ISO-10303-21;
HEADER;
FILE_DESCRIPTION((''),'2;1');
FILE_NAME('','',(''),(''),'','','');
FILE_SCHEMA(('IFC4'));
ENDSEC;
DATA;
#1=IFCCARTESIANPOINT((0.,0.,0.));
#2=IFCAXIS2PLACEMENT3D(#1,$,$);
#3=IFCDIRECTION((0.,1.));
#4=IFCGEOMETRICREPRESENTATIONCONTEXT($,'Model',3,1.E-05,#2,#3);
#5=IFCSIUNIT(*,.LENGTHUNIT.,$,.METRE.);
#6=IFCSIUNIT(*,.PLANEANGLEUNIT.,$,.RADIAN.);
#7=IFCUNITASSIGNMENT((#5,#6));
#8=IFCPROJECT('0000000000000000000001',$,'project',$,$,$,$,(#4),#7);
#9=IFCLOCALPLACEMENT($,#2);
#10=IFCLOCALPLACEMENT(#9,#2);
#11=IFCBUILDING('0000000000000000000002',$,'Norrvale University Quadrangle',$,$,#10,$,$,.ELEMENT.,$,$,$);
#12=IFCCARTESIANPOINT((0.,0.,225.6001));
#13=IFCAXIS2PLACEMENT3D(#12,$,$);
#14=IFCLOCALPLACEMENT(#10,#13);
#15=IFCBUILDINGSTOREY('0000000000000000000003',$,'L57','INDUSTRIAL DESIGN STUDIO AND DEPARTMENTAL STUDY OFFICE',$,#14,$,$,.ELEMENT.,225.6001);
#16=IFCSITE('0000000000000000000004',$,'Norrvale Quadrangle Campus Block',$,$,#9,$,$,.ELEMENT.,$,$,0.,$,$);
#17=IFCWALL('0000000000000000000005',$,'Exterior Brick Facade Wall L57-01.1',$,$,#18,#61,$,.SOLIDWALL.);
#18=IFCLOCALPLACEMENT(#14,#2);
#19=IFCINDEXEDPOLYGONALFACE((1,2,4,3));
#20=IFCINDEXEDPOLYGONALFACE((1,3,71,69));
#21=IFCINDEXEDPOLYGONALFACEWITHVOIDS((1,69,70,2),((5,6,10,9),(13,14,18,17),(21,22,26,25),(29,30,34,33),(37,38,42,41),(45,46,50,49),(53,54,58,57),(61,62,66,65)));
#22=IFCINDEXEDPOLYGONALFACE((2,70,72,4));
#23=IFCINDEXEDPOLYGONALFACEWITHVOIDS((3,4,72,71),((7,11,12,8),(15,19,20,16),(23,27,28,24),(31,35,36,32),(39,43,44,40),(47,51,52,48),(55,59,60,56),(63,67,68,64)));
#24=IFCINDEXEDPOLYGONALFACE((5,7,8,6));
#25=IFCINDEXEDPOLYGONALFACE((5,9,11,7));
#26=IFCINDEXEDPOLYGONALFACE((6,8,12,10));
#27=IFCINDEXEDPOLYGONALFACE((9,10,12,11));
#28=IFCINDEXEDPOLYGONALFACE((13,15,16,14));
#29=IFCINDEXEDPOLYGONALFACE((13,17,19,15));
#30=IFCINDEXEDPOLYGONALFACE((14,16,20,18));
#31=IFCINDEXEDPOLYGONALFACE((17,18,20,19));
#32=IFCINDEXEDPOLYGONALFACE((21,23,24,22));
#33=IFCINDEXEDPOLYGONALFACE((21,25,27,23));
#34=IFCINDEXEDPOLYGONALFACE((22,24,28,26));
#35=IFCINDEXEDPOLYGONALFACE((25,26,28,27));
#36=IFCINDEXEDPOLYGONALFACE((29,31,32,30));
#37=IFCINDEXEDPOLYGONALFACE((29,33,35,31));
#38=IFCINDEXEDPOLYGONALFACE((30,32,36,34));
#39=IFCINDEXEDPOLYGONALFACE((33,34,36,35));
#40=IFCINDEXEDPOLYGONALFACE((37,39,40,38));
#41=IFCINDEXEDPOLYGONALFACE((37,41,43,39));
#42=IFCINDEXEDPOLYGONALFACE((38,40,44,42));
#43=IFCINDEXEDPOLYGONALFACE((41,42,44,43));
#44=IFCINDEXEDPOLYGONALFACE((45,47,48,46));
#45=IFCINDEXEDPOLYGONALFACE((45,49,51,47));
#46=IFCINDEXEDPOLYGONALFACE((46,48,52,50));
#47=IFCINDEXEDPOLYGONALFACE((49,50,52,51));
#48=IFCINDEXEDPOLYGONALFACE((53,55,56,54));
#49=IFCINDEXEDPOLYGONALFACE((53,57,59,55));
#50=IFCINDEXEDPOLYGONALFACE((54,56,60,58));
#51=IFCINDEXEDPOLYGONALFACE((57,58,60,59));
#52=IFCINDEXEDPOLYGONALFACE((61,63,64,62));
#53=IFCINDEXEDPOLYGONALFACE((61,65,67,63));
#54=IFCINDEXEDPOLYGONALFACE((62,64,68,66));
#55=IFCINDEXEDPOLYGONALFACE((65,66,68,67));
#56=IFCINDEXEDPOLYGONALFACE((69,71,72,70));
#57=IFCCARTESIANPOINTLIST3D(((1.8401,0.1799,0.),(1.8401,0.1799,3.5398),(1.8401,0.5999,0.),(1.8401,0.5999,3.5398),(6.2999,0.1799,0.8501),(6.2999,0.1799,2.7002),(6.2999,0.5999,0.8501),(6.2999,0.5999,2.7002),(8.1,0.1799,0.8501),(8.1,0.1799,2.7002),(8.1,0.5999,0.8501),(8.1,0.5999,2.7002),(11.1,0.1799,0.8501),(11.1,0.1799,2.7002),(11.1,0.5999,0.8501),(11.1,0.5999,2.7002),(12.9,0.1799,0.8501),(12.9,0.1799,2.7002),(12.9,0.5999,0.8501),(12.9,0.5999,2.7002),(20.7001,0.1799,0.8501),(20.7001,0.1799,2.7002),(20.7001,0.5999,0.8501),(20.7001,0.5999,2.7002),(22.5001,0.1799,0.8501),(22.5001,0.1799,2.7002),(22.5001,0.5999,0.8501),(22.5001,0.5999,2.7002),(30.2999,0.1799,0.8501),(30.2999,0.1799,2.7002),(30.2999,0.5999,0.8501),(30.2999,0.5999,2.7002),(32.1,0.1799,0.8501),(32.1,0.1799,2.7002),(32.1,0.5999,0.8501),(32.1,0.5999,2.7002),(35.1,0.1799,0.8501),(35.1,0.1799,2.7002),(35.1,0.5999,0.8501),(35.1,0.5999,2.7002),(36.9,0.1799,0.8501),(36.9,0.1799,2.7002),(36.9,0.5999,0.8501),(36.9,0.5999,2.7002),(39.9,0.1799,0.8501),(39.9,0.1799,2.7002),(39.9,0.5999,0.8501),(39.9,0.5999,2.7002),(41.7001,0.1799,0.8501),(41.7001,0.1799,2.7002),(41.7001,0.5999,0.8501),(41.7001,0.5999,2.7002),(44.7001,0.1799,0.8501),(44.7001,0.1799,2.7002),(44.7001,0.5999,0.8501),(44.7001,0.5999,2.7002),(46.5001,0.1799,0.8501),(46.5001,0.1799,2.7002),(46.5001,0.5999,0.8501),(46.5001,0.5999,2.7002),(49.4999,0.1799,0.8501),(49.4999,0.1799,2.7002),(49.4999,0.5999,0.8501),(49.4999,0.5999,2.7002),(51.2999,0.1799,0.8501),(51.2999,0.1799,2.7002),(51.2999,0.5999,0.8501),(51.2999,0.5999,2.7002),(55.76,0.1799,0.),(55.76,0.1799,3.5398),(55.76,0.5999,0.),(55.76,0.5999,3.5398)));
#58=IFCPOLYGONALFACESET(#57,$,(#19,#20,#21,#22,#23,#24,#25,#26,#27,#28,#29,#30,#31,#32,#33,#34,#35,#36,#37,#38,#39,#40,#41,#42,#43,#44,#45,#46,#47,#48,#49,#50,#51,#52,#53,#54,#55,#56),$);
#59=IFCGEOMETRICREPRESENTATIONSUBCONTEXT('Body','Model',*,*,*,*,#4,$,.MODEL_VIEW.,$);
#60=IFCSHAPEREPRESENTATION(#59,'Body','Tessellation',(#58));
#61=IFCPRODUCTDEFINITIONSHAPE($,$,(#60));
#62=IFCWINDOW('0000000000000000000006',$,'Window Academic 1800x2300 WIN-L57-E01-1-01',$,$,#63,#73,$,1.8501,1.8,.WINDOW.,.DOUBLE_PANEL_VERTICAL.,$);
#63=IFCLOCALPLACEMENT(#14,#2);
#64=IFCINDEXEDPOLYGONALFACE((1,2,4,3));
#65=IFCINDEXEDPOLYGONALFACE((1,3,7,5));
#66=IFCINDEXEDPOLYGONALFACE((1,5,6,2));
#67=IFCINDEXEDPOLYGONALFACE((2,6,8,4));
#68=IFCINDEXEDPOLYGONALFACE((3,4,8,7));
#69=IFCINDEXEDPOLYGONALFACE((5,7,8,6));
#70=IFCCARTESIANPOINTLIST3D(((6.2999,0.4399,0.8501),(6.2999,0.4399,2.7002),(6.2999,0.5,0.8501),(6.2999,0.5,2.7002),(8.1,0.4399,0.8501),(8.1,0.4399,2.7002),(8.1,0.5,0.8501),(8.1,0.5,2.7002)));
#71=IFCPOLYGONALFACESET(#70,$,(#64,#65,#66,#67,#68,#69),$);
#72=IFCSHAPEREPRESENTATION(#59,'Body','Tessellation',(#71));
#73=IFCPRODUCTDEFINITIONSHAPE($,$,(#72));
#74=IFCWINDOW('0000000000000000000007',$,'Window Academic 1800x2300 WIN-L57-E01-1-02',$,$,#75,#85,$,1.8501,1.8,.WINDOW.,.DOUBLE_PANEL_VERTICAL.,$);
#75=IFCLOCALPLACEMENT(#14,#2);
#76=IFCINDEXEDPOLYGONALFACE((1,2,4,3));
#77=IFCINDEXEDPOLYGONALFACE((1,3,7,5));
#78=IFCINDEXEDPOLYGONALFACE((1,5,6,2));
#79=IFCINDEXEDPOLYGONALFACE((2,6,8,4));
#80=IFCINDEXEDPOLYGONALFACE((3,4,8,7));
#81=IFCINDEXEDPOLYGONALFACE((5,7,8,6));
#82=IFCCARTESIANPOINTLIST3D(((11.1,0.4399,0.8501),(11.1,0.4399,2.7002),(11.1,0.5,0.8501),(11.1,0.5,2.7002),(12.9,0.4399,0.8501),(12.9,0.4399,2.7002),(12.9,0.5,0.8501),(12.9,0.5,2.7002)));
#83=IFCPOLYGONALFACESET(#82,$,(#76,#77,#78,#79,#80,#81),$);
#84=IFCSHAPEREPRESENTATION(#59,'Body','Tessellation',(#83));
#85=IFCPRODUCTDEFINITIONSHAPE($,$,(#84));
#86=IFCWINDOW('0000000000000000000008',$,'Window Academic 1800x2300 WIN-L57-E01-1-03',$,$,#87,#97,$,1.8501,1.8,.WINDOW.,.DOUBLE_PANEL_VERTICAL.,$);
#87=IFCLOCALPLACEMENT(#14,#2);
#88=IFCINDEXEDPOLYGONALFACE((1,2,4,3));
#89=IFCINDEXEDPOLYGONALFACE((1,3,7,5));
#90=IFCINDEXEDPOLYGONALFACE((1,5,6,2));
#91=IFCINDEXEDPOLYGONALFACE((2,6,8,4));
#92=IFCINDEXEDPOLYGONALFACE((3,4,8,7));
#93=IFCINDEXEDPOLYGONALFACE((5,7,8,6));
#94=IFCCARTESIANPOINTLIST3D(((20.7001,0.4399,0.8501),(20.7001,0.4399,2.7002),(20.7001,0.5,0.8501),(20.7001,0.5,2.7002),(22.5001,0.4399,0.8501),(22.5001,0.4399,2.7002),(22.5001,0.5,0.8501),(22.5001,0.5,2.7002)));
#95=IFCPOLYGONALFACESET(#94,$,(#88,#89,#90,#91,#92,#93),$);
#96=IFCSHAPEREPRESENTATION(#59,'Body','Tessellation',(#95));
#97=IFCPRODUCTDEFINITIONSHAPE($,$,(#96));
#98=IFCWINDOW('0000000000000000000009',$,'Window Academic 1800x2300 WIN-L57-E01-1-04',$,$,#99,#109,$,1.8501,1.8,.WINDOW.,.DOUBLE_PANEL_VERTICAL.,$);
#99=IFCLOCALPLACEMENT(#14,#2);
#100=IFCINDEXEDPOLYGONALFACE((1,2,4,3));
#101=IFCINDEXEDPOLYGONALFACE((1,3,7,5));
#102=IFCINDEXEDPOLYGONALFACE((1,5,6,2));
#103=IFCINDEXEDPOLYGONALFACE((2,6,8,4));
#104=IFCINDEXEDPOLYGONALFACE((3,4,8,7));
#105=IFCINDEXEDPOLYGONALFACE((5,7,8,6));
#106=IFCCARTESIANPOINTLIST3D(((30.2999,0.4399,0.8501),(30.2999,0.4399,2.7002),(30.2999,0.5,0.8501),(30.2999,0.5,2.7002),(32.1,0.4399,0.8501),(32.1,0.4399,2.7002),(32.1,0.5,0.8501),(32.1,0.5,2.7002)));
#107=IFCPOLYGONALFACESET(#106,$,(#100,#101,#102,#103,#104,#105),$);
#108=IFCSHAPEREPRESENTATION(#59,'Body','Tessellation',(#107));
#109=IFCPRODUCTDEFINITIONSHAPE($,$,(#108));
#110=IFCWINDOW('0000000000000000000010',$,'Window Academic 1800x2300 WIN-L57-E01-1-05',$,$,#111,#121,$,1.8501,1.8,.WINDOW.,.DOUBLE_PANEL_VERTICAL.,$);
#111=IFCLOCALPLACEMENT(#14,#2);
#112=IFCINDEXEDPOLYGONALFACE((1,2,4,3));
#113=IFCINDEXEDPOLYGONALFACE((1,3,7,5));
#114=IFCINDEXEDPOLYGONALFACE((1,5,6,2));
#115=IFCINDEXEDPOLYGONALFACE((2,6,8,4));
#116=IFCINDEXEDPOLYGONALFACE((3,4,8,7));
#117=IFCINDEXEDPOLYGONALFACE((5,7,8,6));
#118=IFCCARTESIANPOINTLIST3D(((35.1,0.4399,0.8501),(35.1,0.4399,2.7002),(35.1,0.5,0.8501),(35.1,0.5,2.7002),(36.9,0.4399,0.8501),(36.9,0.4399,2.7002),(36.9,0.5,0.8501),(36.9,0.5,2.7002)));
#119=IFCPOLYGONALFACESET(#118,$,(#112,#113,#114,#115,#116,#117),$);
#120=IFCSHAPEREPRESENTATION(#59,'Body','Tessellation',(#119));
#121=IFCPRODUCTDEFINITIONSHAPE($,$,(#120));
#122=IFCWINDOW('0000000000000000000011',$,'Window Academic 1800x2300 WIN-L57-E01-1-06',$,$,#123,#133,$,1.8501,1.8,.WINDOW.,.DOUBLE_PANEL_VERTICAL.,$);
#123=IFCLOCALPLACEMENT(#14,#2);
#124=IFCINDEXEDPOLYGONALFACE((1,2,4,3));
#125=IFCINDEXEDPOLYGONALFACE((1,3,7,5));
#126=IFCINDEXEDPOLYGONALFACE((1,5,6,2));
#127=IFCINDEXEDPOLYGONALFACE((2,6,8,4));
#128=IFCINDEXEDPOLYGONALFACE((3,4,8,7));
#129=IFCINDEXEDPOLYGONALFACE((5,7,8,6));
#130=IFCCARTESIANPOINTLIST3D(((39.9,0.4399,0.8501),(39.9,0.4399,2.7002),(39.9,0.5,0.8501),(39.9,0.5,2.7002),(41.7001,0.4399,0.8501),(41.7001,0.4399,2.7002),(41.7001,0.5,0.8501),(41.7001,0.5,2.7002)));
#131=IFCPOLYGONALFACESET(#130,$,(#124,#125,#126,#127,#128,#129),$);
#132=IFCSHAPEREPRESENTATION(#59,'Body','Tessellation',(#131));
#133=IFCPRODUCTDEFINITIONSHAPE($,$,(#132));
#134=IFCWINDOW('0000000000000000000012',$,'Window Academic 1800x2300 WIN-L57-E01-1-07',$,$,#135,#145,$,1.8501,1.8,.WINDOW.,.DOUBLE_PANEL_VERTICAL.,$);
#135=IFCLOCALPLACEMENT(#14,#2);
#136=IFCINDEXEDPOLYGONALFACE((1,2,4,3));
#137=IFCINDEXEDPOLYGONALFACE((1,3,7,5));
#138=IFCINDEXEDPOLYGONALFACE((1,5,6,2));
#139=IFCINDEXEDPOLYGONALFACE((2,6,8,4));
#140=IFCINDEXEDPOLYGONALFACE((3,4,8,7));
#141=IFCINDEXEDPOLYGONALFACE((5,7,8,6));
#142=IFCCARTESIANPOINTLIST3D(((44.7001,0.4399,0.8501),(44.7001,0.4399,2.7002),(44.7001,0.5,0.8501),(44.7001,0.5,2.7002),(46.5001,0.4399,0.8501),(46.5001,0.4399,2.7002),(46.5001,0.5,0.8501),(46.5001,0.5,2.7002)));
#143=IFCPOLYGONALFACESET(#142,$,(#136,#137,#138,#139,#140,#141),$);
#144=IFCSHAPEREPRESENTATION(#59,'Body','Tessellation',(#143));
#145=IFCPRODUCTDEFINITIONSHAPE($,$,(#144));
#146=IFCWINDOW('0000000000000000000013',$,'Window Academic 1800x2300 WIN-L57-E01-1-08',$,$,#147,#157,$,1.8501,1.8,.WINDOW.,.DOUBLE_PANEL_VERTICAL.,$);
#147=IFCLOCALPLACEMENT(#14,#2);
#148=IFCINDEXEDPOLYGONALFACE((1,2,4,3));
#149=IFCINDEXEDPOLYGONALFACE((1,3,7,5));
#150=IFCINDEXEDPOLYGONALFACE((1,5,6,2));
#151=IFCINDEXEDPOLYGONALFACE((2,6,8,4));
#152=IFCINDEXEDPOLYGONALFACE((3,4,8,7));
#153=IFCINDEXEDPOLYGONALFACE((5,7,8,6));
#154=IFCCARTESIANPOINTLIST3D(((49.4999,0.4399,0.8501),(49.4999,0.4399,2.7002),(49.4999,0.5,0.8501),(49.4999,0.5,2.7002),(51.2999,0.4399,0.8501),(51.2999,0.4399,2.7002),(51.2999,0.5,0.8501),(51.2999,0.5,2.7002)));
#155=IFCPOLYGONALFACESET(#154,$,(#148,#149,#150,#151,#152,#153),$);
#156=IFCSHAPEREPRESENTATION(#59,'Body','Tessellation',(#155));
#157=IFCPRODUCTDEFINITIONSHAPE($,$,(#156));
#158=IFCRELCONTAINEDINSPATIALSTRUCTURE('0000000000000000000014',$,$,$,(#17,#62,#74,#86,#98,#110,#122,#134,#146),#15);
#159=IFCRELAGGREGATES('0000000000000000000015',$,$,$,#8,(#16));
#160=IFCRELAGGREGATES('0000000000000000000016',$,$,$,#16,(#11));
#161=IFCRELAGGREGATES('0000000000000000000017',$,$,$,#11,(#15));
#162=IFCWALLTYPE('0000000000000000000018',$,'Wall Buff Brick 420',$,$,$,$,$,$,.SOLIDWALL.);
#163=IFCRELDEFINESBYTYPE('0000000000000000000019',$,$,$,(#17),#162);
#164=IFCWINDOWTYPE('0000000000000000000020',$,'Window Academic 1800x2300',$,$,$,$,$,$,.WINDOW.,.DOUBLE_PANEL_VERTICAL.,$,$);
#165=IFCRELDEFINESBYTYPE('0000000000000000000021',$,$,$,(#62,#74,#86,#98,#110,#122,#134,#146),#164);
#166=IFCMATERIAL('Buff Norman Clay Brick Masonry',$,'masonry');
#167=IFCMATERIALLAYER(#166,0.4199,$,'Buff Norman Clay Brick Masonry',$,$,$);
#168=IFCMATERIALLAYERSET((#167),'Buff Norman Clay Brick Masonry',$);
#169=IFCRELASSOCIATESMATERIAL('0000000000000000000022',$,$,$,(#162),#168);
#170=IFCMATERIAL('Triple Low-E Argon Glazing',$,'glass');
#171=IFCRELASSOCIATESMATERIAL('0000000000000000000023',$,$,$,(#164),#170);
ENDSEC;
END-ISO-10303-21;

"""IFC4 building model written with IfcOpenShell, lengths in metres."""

from ifc_helpers import new_model, si_unit, direction, frame, frame_2d, origin, place, context, subcontext, project, spatial, rectangle, extrude, material, layer, layer_set, type_object, element, fill, save


model = new_model("IFC4")

# Units and contexts
model_context = context("Model", 3, precision=1e-05, world=origin(), true_north=direction((0.0, 1.0)))
body_context = subcontext(model_context, "Body", "Model", "MODEL_VIEW")
ifc_project = project(units=[si_unit("LENGTHUNIT", "METRE"), si_unit("PLANEANGLEUNIT", "RADIAN")], contexts=[model_context])

# Site, building, storey
site_placement = place(None, origin())
site = spatial("IfcSite", under=ifc_project, at=site_placement, Name="Norrvale Quadrangle Campus Block", CompositionType="ELEMENT", RefElevation=0.0)
building_placement = place(site_placement, origin())
building = spatial("IfcBuilding", under=site, at=building_placement, Name="Norrvale University Quadrangle", CompositionType="ELEMENT")
storey_placement = place(building_placement, frame((0.0, 0.0, 225.6001)))
storey = spatial("IfcBuildingStorey", under=building, at=storey_placement, Name="L57", Description="INDUSTRIAL DESIGN STUDIO AND DEPARTMENTAL STUDY OFFICE", CompositionType="ELEMENT", Elevation=225.6001)

# Wall, openings, windows
ifc_material_1 = material(Name="Buff Norman Clay Brick Masonry", Category="masonry")
ifc_layer_1 = layer(ifc_material_1, 0.4199, Name="Buff Norman Clay Brick Masonry")
ifc_layer_set_1 = layer_set([ifc_layer_1], Name="Buff Norman Clay Brick Masonry")
wall_type_1 = type_object("IfcWallType", Name="Wall Buff Brick 420", PredefinedType="SOLIDWALL", material=ifc_layer_set_1)
wall_1_placement = place(storey_placement, frame((1.8401, 0.3899, 0.0), z_axis=(0.0, 0.0, 1.0), x_axis=(1.0, 0.0, 0.0)))
wall_1 = element("IfcWall", 1, at=wall_1_placement, inside=storey, type_object=wall_type_1, Name="Exterior Brick Facade Wall L57-01.1", PredefinedType="SOLIDWALL", context=body_context, shape_type="SweptSolid", body=[
    extrude(rectangle(XDim=53.9199, YDim=0.4199, at=frame_2d((26.96, 0.0))), origin(), (0.0, 0.0, 1.0), 3.5398),
])
opening_1_placement = place(wall_1_placement, frame((4.46, 0.0, 0.8501)))
opening_1 = element("IfcOpeningElement", 2, at=opening_1_placement, cuts=wall_1, PredefinedType="OPENING", context=body_context, shape_type="SweptSolid", body=[
    extrude(rectangle(XDim=1.8, YDim=1.8501, at=frame_2d((0.8999, 0.925))), frame((0.0, 0.2219, 0.0), z_axis=(0.0, -1.0, 0.0), x_axis=(1.0, 0.0, 0.0)), (0.0, 0.0, 1.0), 0.4438),
])
opening_2_placement = place(wall_1_placement, frame((9.26, 0.0, 0.8501)))
opening_2 = element("IfcOpeningElement", 3, at=opening_2_placement, cuts=wall_1, PredefinedType="OPENING", context=body_context, shape_type="SweptSolid", body=[
    extrude(rectangle(XDim=1.8, YDim=1.8501, at=frame_2d((0.8999, 0.925))), frame((0.0, 0.2219, 0.0), z_axis=(0.0, -1.0, 0.0), x_axis=(1.0, 0.0, 0.0)), (0.0, 0.0, 1.0), 0.4438),
])
opening_3_placement = place(wall_1_placement, frame((18.8601, 0.0, 0.8501)))
opening_3 = element("IfcOpeningElement", 4, at=opening_3_placement, cuts=wall_1, PredefinedType="OPENING", context=body_context, shape_type="SweptSolid", body=[
    extrude(rectangle(XDim=1.8, YDim=1.8501, at=frame_2d((0.8999, 0.925))), frame((0.0, 0.2219, 0.0), z_axis=(0.0, -1.0, 0.0), x_axis=(1.0, 0.0, 0.0)), (0.0, 0.0, 1.0), 0.4438),
])
opening_4_placement = place(wall_1_placement, frame((28.46, 0.0, 0.8501)))
opening_4 = element("IfcOpeningElement", 5, at=opening_4_placement, cuts=wall_1, PredefinedType="OPENING", context=body_context, shape_type="SweptSolid", body=[
    extrude(rectangle(XDim=1.8, YDim=1.8501, at=frame_2d((0.8999, 0.925))), frame((0.0, 0.2219, 0.0), z_axis=(0.0, -1.0, 0.0), x_axis=(1.0, 0.0, 0.0)), (0.0, 0.0, 1.0), 0.4438),
])
opening_5_placement = place(wall_1_placement, frame((33.26, 0.0, 0.8501)))
opening_5 = element("IfcOpeningElement", 6, at=opening_5_placement, cuts=wall_1, PredefinedType="OPENING", context=body_context, shape_type="SweptSolid", body=[
    extrude(rectangle(XDim=1.8, YDim=1.8501, at=frame_2d((0.8999, 0.925))), frame((0.0, 0.2219, 0.0), z_axis=(0.0, -1.0, 0.0), x_axis=(1.0, 0.0, 0.0)), (0.0, 0.0, 1.0), 0.4438),
])
opening_6_placement = place(wall_1_placement, frame((38.0601, 0.0, 0.8501)))
opening_6 = element("IfcOpeningElement", 7, at=opening_6_placement, cuts=wall_1, PredefinedType="OPENING", context=body_context, shape_type="SweptSolid", body=[
    extrude(rectangle(XDim=1.8, YDim=1.8501, at=frame_2d((0.8999, 0.925))), frame((0.0, 0.2219, 0.0), z_axis=(0.0, -1.0, 0.0), x_axis=(1.0, 0.0, 0.0)), (0.0, 0.0, 1.0), 0.4438),
])
opening_7_placement = place(wall_1_placement, frame((42.8601, 0.0, 0.8501)))
opening_7 = element("IfcOpeningElement", 8, at=opening_7_placement, cuts=wall_1, PredefinedType="OPENING", context=body_context, shape_type="SweptSolid", body=[
    extrude(rectangle(XDim=1.8, YDim=1.8501, at=frame_2d((0.8999, 0.925))), frame((0.0, 0.2219, 0.0), z_axis=(0.0, -1.0, 0.0), x_axis=(1.0, 0.0, 0.0)), (0.0, 0.0, 1.0), 0.4438),
])
opening_8_placement = place(wall_1_placement, frame((47.6599, 0.0, 0.8501)))
opening_8 = element("IfcOpeningElement", 9, at=opening_8_placement, cuts=wall_1, PredefinedType="OPENING", context=body_context, shape_type="SweptSolid", body=[
    extrude(rectangle(XDim=1.8, YDim=1.8501, at=frame_2d((0.8999, 0.925))), frame((0.0, 0.2219, 0.0), z_axis=(0.0, -1.0, 0.0), x_axis=(1.0, 0.0, 0.0)), (0.0, 0.0, 1.0), 0.4438),
])
ifc_material_2 = material(Name="Triple Low-E Argon Glazing", Category="glass")
window_type = type_object("IfcWindowType", Name="Window Academic 1800x2300", PartitioningType="DOUBLE_PANEL_VERTICAL", PredefinedType="WINDOW", material=ifc_material_2)
window_1_placement = place(opening_1_placement, origin())
window_1 = element("IfcWindow", 10, at=window_1_placement, inside=storey, type_object=window_type, Name="Window Academic 1800x2300 WIN-L57-E01-1-01", OverallHeight=1.8501, OverallWidth=1.8, PartitioningType="DOUBLE_PANEL_VERTICAL", PredefinedType="WINDOW", context=body_context, shape_type="SweptSolid", body=[
    extrude(rectangle(XDim=1.8, YDim=1.8501, at=frame_2d((0.8999, 0.925))), frame((0.0, 0.1101, 0.0), z_axis=(0.0, -1.0, 0.0), x_axis=(1.0, 0.0, 0.0)), (0.0, 0.0, 1.0), 0.0601),
])
fill(opening_1, window_1)
window_2_placement = place(opening_2_placement, origin())
window_2 = element("IfcWindow", 11, at=window_2_placement, inside=storey, type_object=window_type, Name="Window Academic 1800x2300 WIN-L57-E01-1-02", OverallHeight=1.8501, OverallWidth=1.8, PartitioningType="DOUBLE_PANEL_VERTICAL", PredefinedType="WINDOW", context=body_context, shape_type="SweptSolid", body=[
    extrude(rectangle(XDim=1.8, YDim=1.8501, at=frame_2d((0.8999, 0.925))), frame((0.0, 0.1101, 0.0), z_axis=(0.0, -1.0, 0.0), x_axis=(1.0, 0.0, 0.0)), (0.0, 0.0, 1.0), 0.0601),
])
fill(opening_2, window_2)
window_3_placement = place(opening_3_placement, origin())
window_3 = element("IfcWindow", 12, at=window_3_placement, inside=storey, type_object=window_type, Name="Window Academic 1800x2300 WIN-L57-E01-1-03", OverallHeight=1.8501, OverallWidth=1.8, PartitioningType="DOUBLE_PANEL_VERTICAL", PredefinedType="WINDOW", context=body_context, shape_type="SweptSolid", body=[
    extrude(rectangle(XDim=1.8, YDim=1.8501, at=frame_2d((0.8999, 0.925))), frame((0.0, 0.1101, 0.0), z_axis=(0.0, -1.0, 0.0), x_axis=(1.0, 0.0, 0.0)), (0.0, 0.0, 1.0), 0.0601),
])
fill(opening_3, window_3)
window_4_placement = place(opening_4_placement, origin())
window_4 = element("IfcWindow", 13, at=window_4_placement, inside=storey, type_object=window_type, Name="Window Academic 1800x2300 WIN-L57-E01-1-04", OverallHeight=1.8501, OverallWidth=1.8, PartitioningType="DOUBLE_PANEL_VERTICAL", PredefinedType="WINDOW", context=body_context, shape_type="SweptSolid", body=[
    extrude(rectangle(XDim=1.8, YDim=1.8501, at=frame_2d((0.8999, 0.925))), frame((0.0, 0.1101, 0.0), z_axis=(0.0, -1.0, 0.0), x_axis=(1.0, 0.0, 0.0)), (0.0, 0.0, 1.0), 0.0601),
])
fill(opening_4, window_4)
window_5_placement = place(opening_5_placement, origin())
window_5 = element("IfcWindow", 14, at=window_5_placement, inside=storey, type_object=window_type, Name="Window Academic 1800x2300 WIN-L57-E01-1-05", OverallHeight=1.8501, OverallWidth=1.8, PartitioningType="DOUBLE_PANEL_VERTICAL", PredefinedType="WINDOW", context=body_context, shape_type="SweptSolid", body=[
    extrude(rectangle(XDim=1.8, YDim=1.8501, at=frame_2d((0.8999, 0.925))), frame((0.0, 0.1101, 0.0), z_axis=(0.0, -1.0, 0.0), x_axis=(1.0, 0.0, 0.0)), (0.0, 0.0, 1.0), 0.0601),
])
fill(opening_5, window_5)
window_6_placement = place(opening_6_placement, origin())
window_6 = element("IfcWindow", 15, at=window_6_placement, inside=storey, type_object=window_type, Name="Window Academic 1800x2300 WIN-L57-E01-1-06", OverallHeight=1.8501, OverallWidth=1.8, PartitioningType="DOUBLE_PANEL_VERTICAL", PredefinedType="WINDOW", context=body_context, shape_type="SweptSolid", body=[
    extrude(rectangle(XDim=1.8, YDim=1.8501, at=frame_2d((0.8999, 0.925))), frame((0.0, 0.1101, 0.0), z_axis=(0.0, -1.0, 0.0), x_axis=(1.0, 0.0, 0.0)), (0.0, 0.0, 1.0), 0.0601),
])
fill(opening_6, window_6)
window_7_placement = place(opening_7_placement, origin())
window_7 = element("IfcWindow", 16, at=window_7_placement, inside=storey, type_object=window_type, Name="Window Academic 1800x2300 WIN-L57-E01-1-07", OverallHeight=1.8501, OverallWidth=1.8, PartitioningType="DOUBLE_PANEL_VERTICAL", PredefinedType="WINDOW", context=body_context, shape_type="SweptSolid", body=[
    extrude(rectangle(XDim=1.8, YDim=1.8501, at=frame_2d((0.8999, 0.925))), frame((0.0, 0.1101, 0.0), z_axis=(0.0, -1.0, 0.0), x_axis=(1.0, 0.0, 0.0)), (0.0, 0.0, 1.0), 0.0601),
])
fill(opening_7, window_7)
window_8_placement = place(opening_8_placement, origin())
window_8 = element("IfcWindow", 17, at=window_8_placement, inside=storey, type_object=window_type, Name="Window Academic 1800x2300 WIN-L57-E01-1-08", OverallHeight=1.8501, OverallWidth=1.8, PartitioningType="DOUBLE_PANEL_VERTICAL", PredefinedType="WINDOW", context=body_context, shape_type="SweptSolid", body=[
    extrude(rectangle(XDim=1.8, YDim=1.8501, at=frame_2d((0.8999, 0.925))), frame((0.0, 0.1101, 0.0), z_axis=(0.0, -1.0, 0.0), x_axis=(1.0, 0.0, 0.0)), (0.0, 0.0, 1.0), 0.0601),
])
fill(opening_8, window_8)

save(model, "model.ifc")
